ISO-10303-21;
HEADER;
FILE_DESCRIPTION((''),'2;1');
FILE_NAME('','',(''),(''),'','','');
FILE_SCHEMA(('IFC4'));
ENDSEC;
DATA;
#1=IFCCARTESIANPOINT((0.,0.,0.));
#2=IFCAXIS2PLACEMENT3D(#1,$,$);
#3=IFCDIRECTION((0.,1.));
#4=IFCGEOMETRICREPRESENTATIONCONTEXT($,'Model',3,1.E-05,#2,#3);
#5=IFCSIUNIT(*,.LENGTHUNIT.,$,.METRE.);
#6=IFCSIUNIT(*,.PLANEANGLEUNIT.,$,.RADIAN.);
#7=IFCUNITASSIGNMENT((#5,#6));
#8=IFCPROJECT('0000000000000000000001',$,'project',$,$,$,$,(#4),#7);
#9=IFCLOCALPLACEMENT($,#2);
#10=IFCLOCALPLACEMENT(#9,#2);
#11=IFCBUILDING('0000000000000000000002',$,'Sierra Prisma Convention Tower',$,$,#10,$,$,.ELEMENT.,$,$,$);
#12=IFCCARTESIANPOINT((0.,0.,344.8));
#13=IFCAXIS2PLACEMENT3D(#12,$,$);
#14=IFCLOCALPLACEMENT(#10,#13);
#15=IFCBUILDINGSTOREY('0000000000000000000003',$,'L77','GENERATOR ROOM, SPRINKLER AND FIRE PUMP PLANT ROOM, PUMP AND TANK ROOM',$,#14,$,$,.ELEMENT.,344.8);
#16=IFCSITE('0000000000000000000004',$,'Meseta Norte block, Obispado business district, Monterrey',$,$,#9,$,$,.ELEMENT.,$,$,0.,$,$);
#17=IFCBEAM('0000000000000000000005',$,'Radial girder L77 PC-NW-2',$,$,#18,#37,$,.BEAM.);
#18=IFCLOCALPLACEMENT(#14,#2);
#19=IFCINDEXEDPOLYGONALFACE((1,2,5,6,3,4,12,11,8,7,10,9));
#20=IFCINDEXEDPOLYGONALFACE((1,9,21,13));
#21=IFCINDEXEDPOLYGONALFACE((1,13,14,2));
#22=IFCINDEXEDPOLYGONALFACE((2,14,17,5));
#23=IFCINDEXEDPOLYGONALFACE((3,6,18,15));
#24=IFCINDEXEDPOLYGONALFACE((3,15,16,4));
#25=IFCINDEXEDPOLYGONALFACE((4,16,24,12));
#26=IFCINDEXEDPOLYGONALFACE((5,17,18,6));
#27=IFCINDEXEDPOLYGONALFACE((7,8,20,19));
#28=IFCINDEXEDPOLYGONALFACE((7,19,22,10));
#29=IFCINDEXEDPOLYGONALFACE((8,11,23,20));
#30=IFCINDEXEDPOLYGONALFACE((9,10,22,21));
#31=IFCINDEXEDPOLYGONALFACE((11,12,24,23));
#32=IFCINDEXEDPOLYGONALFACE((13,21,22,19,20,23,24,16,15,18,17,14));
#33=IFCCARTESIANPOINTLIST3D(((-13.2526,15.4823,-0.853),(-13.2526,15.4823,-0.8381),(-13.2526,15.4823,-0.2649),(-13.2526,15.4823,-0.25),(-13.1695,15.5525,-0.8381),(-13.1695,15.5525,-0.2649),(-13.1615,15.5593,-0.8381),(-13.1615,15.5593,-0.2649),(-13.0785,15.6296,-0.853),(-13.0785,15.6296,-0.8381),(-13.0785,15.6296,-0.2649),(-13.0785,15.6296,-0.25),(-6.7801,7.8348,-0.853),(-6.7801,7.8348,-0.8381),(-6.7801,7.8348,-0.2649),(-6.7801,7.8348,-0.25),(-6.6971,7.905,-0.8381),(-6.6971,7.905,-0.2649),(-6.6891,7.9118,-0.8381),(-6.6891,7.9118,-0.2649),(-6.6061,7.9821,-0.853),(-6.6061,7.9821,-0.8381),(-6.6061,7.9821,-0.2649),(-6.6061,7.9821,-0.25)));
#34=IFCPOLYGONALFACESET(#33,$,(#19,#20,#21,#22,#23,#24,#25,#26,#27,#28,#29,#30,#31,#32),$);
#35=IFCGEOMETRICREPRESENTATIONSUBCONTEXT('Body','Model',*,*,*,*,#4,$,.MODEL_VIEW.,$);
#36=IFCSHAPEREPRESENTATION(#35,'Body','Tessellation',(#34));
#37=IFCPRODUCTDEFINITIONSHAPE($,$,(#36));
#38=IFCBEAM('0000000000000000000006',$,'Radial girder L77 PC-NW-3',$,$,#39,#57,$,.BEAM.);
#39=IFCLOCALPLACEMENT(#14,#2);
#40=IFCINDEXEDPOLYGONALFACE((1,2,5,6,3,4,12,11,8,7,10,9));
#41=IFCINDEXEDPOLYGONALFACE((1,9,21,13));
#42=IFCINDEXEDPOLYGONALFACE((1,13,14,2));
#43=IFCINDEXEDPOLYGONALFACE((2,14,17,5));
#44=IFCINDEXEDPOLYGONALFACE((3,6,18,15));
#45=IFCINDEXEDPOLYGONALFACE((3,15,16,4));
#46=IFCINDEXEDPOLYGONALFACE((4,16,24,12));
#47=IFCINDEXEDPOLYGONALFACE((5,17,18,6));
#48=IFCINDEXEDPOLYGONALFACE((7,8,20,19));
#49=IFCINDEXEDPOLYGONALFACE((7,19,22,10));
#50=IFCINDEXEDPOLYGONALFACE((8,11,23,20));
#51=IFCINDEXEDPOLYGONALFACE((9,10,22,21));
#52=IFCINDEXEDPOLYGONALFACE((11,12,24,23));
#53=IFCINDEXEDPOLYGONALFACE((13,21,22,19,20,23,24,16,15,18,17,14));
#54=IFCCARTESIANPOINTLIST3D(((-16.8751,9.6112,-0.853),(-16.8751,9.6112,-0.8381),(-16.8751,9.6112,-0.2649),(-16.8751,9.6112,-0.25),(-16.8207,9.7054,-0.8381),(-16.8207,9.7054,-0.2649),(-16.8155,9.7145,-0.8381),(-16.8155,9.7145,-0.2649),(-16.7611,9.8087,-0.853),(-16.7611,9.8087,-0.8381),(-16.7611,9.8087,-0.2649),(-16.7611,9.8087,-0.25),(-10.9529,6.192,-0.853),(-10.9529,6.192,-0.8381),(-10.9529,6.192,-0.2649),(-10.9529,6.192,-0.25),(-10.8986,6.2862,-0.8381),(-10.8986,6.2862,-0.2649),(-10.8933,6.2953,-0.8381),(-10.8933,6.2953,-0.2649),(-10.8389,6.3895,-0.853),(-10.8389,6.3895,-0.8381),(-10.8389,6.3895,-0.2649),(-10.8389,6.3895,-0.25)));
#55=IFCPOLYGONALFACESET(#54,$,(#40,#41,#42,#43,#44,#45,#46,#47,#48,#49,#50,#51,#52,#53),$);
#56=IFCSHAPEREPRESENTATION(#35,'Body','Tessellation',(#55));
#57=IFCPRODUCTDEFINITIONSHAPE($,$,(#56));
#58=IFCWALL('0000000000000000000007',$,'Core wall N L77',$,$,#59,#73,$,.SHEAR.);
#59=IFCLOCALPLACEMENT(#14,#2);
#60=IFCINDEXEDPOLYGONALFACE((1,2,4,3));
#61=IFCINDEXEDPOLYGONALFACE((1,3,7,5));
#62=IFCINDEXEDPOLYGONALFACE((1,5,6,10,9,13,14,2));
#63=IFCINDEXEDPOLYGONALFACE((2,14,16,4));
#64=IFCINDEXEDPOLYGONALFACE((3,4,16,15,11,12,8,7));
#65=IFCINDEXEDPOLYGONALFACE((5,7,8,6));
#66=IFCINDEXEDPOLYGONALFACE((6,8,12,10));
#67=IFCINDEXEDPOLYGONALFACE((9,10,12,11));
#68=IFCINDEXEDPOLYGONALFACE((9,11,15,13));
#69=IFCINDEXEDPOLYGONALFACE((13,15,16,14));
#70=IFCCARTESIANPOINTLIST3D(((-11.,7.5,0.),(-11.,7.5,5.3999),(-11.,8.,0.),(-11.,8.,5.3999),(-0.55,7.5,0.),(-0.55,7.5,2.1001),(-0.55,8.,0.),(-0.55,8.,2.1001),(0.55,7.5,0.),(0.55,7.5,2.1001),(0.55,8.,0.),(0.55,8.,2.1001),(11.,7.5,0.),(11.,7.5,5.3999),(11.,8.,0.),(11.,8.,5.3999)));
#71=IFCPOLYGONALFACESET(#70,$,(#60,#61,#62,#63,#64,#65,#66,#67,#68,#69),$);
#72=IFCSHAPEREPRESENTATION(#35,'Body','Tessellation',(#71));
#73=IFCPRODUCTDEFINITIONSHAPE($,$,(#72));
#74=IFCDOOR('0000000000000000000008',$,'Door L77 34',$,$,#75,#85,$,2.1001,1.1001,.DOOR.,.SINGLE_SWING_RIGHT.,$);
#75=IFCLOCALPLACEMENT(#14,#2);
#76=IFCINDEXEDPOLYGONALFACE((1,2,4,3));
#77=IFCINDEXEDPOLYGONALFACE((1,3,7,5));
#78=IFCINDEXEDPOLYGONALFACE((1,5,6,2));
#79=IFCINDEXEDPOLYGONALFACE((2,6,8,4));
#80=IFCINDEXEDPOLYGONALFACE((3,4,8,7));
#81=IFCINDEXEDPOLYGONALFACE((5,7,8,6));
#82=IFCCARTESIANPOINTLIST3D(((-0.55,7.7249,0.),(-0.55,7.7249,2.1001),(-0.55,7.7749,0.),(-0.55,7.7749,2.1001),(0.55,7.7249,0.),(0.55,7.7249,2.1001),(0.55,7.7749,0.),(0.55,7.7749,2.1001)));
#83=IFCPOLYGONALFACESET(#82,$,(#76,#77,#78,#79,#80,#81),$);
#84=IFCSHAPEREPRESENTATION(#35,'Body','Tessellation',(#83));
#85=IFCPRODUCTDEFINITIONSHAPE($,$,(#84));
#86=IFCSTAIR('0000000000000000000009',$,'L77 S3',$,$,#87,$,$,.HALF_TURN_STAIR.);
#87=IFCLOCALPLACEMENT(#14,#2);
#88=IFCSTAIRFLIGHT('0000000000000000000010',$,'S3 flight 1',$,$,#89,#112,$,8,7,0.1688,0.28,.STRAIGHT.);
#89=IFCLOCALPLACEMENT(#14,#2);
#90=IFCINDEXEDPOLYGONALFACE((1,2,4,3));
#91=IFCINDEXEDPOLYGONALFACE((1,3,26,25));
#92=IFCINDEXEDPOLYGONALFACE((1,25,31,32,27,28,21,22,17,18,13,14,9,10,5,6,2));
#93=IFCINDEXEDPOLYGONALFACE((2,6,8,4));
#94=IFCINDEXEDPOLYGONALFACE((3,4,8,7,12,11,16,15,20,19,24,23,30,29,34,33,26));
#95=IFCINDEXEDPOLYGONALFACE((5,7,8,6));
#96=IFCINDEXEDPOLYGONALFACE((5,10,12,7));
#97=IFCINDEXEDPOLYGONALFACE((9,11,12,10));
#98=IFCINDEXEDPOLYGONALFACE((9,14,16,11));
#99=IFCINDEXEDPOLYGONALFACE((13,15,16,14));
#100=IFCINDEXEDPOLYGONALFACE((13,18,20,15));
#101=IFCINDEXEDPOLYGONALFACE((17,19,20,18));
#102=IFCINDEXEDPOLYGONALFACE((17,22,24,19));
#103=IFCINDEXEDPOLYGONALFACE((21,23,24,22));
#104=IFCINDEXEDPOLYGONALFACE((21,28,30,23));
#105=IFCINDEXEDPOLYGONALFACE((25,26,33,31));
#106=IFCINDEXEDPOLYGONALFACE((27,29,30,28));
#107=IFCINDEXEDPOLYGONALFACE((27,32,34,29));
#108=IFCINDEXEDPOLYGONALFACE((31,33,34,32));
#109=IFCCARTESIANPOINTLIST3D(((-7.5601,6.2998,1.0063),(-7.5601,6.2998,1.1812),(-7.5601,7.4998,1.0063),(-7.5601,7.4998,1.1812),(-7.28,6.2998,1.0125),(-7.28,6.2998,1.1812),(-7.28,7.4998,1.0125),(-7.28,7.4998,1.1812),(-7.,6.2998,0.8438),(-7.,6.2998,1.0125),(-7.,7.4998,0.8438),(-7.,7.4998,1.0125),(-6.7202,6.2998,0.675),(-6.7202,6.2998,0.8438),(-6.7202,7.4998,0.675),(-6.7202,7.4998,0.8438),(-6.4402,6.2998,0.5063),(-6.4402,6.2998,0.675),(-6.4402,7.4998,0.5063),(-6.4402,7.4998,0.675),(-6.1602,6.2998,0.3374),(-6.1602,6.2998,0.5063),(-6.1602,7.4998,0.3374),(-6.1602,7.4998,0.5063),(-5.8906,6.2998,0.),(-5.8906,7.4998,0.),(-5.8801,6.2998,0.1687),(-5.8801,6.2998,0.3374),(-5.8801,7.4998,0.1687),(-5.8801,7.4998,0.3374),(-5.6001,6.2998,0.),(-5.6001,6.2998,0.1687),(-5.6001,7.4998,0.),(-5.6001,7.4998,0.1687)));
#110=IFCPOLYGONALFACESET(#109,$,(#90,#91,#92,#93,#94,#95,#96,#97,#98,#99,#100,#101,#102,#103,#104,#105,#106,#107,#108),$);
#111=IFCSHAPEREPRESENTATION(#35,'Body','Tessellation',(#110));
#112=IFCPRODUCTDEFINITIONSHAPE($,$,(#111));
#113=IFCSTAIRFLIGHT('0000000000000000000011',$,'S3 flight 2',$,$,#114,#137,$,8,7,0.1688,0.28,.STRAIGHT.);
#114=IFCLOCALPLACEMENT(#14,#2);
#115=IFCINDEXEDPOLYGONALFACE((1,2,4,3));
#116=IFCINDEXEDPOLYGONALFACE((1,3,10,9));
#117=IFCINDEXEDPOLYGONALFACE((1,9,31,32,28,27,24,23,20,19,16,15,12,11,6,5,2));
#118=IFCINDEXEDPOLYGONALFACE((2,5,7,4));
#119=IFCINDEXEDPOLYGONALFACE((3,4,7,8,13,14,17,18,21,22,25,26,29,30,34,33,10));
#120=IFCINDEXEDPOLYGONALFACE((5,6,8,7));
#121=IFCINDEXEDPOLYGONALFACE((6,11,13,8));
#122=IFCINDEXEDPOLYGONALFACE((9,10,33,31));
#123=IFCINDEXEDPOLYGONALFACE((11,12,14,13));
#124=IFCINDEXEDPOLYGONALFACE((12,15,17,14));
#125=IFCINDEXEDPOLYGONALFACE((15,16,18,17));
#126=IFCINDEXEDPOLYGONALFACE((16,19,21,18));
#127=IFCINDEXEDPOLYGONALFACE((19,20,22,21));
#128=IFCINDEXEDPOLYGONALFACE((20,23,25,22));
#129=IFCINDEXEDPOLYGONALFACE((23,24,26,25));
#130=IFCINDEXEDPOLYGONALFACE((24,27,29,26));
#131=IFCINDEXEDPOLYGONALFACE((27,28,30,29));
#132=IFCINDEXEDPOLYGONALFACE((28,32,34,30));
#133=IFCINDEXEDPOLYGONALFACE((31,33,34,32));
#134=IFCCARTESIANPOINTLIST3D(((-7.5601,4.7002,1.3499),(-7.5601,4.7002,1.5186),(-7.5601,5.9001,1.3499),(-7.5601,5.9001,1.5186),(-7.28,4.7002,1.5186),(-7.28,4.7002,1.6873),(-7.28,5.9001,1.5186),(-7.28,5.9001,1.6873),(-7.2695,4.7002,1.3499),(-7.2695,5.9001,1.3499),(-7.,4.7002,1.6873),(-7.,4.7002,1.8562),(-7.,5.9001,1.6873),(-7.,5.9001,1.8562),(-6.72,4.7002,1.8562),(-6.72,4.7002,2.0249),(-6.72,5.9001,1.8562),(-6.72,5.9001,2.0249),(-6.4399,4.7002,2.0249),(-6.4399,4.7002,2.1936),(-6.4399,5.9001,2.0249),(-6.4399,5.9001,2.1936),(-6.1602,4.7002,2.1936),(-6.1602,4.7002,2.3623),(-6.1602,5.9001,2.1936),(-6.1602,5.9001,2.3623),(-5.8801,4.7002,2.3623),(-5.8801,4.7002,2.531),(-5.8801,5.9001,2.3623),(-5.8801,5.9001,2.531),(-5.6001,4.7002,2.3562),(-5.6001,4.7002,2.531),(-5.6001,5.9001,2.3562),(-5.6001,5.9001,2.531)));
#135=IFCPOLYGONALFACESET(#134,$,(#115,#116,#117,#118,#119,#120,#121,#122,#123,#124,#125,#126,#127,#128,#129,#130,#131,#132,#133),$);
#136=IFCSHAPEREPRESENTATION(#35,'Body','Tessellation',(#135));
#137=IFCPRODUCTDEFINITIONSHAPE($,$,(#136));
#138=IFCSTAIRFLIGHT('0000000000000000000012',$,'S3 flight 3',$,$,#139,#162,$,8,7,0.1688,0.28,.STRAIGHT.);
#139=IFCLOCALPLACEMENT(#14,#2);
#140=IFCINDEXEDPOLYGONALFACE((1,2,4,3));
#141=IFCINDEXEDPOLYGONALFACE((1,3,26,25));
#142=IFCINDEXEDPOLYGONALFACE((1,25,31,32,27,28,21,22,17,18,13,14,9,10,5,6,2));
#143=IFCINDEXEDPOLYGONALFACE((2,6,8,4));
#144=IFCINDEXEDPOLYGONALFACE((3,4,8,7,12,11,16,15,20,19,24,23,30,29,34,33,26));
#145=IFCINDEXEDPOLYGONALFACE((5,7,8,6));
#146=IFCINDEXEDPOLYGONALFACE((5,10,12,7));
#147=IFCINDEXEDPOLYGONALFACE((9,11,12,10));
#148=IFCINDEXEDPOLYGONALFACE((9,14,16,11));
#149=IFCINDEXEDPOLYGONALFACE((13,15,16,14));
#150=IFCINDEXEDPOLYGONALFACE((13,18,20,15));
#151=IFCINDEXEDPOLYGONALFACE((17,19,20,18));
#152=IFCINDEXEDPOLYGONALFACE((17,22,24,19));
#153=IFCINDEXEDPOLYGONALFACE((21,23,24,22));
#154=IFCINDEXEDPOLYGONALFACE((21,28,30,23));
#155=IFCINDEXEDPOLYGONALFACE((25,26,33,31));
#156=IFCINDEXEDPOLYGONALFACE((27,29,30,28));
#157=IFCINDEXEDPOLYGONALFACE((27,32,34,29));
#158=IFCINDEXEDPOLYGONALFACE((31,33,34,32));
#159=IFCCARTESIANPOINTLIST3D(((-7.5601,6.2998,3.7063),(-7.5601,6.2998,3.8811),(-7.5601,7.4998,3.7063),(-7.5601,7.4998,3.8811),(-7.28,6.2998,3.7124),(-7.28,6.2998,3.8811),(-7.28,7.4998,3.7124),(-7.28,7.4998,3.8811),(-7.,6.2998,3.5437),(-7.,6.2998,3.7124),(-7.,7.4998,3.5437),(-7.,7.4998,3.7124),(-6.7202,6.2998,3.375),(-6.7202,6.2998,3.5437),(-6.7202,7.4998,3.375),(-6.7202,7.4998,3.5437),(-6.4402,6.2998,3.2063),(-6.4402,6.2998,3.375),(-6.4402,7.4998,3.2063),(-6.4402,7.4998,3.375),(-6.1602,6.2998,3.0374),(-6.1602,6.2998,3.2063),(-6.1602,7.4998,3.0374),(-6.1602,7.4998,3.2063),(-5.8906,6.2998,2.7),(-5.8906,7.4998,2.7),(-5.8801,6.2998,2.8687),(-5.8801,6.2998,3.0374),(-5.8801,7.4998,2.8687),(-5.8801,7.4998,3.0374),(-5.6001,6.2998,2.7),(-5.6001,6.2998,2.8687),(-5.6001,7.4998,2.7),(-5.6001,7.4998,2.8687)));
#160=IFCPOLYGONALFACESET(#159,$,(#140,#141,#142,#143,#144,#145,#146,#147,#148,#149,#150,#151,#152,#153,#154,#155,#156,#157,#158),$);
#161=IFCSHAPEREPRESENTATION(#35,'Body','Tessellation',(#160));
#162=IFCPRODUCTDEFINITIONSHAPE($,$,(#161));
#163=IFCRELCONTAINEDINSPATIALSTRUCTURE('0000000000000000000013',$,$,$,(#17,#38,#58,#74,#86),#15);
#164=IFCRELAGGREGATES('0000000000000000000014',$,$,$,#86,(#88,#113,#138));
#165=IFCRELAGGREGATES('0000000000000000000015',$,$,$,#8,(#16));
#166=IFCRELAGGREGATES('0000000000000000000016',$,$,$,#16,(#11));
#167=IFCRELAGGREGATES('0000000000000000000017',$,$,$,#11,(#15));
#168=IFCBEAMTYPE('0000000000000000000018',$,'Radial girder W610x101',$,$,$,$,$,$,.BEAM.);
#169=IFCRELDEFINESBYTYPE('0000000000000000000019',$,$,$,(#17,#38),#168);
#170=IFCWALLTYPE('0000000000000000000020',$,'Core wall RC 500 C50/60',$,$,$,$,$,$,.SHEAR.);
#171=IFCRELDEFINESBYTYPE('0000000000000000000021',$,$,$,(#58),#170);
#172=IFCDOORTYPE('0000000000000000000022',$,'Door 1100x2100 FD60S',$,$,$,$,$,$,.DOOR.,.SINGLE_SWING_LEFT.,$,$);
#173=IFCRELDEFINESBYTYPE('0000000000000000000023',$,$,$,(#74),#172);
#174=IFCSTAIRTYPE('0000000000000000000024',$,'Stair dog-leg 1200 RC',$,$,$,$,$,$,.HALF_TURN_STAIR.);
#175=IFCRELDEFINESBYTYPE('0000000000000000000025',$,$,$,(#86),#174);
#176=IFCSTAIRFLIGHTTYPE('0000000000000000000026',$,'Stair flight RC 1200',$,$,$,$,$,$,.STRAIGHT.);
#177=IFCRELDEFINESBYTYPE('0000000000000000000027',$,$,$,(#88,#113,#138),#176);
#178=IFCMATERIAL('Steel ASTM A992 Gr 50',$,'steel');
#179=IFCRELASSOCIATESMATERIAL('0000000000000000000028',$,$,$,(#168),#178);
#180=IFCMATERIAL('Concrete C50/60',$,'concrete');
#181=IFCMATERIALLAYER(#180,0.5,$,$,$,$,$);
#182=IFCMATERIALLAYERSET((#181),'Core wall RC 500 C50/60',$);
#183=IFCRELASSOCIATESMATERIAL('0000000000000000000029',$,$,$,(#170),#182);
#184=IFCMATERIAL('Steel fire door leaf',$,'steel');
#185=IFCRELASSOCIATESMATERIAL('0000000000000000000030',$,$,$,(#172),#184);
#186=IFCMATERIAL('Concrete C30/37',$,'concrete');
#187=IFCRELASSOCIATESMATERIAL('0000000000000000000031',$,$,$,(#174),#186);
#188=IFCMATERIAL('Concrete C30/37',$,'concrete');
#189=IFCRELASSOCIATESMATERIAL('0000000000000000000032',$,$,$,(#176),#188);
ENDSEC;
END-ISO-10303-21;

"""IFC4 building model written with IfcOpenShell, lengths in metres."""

from ifc_helpers import new_model, si_unit, direction, frame, frame_2d, origin, origin_2d, place, context, subcontext, project, spatial, polyline, rectangle, i_section, outline, extrude, material, layer, layer_set, material_profile, profile_set, type_object, element, fill, aggregate, save


model = new_model("IFC4")

# Units and contexts
model_context = context("Model", 3, precision=1e-05, world=origin(), true_north=direction((0.0, 1.0)))
body_context = subcontext(model_context, "Body", "Model", "MODEL_VIEW")
ifc_project = project(units=[si_unit("LENGTHUNIT", "METRE"), si_unit("PLANEANGLEUNIT", "RADIAN")], contexts=[model_context])

# Site, building, storey
site_placement = place(None, origin())
site = spatial("IfcSite", under=ifc_project, at=site_placement, Name="Meseta Norte block, Obispado business district, Monterrey", CompositionType="ELEMENT", RefElevation=0.0)
building_placement = place(site_placement, origin())
building = spatial("IfcBuilding", under=site, at=building_placement, Name="Sierra Prisma Convention Tower", CompositionType="ELEMENT")
storey_placement = place(building_placement, frame((0.0, 0.0, 344.8)))
storey = spatial("IfcBuildingStorey", under=building, at=storey_placement, Name="L77", Description="GENERATOR ROOM, SPRINKLER AND FIRE PUMP PLANT ROOM, PUMP AND TANK ROOM", CompositionType="ELEMENT", Elevation=344.8)

# Beams
ifc_material_1 = material(Name="Steel ASTM A992 Gr 50", Category="steel")
ifc_material_profile_1 = material_profile(ifc_material_1, i_section(OverallWidth=0.228, OverallDepth=0.603, WebThickness=0.0105, FlangeThickness=0.0149, at=origin_2d()), Name="W610x101")
ifc_profile_set_1 = profile_set([ifc_material_profile_1], Name="Steel ASTM A992 Gr 50")
beam_type_1 = type_object("IfcBeamType", Name="Radial girder W610x101", PredefinedType="BEAM", material=ifc_profile_set_1)
beam_1_placement = place(storey_placement, frame((-13.1655, 15.5559, -0.5515), z_axis=(0.646029, -0.763313, 0.0), x_axis=(0.763313, 0.646029, 0.0)))
element("IfcBeam", 1, at=beam_1_placement, inside=storey, type_object=beam_type_1, Name="Radial girder L77 PC-NW-2", PredefinedType="BEAM", context=body_context, shape_type="SweptSolid", body=[
    extrude(i_section(OverallWidth=0.228, OverallDepth=0.603, WebThickness=0.0105, FlangeThickness=0.0149, at=origin_2d()), origin(), (0.0, 0.0, 1.0), 10.0188),
])
beam_2_placement = place(storey_placement, frame((-16.8181, 9.71, -0.5515), z_axis=(0.866022, -0.500006, 0.0), x_axis=(0.500006, 0.866022, 0.0)))
element("IfcBeam", 2, at=beam_2_placement, inside=storey, type_object=beam_type_1, Name="Radial girder L77 PC-NW-3", PredefinedType="BEAM", context=body_context, shape_type="SweptSolid", body=[
    extrude(i_section(OverallWidth=0.228, OverallDepth=0.603, WebThickness=0.0105, FlangeThickness=0.0149, at=origin_2d()), origin(), (0.0, 0.0, 1.0), 6.8384),
])

# Wall, opening, door
ifc_material_2 = material(Name="Concrete C50/60", Category="concrete")
ifc_layer = layer(ifc_material_2, 0.5)
ifc_layer_set = layer_set([ifc_layer], Name="Core wall RC 500 C50/60")
wall_type = type_object("IfcWallType", Name="Core wall RC 500 C50/60", PredefinedType="SHEAR", material=ifc_layer_set)
wall_placement = place(storey_placement, frame((-11.0, 7.75, 0.0), z_axis=(0.0, 0.0, 1.0), x_axis=(1.0, 0.0, 0.0)))
wall = element("IfcWall", 3, at=wall_placement, inside=storey, type_object=wall_type, Name="Core wall N L77", PredefinedType="SHEAR", context=body_context, shape_type="SweptSolid", body=[
    extrude(rectangle(XDim=22.0, YDim=0.5, at=frame_2d((11.0, 0.0))), origin(), (0.0, 0.0, 1.0), 5.3999),
])
opening_placement = place(wall_placement, frame((10.45, 0.0, 0.0)))
opening = element("IfcOpeningElement", 4, at=opening_placement, cuts=wall, PredefinedType="OPENING", context=body_context, shape_type="SweptSolid", body=[
    extrude(rectangle(XDim=1.1001, YDim=2.1001, at=frame_2d((0.55, 1.05))), frame((0.0, 0.25, 0.0), z_axis=(0.0, -1.0, 0.0), x_axis=(1.0, 0.0, 0.0)), (0.0, 0.0, 1.0), 0.5),
])
ifc_material_3 = material(Name="Steel fire door leaf", Category="steel")
door_type = type_object("IfcDoorType", Name="Door 1100x2100 FD60S", OperationType="SINGLE_SWING_LEFT", PredefinedType="DOOR", material=ifc_material_3)
door_placement = place(opening_placement, origin())
door = element("IfcDoor", 5, at=door_placement, inside=storey, type_object=door_type, Name="Door L77 34", OperationType="SINGLE_SWING_RIGHT", OverallHeight=2.1001, OverallWidth=1.1001, PredefinedType="DOOR", context=body_context, shape_type="SweptSolid", body=[
    extrude(rectangle(XDim=1.1001, YDim=2.1001, at=frame_2d((0.55, 1.05))), frame((0.0, 0.0249, 0.0), z_axis=(0.0, -1.0, 0.0), x_axis=(1.0, 0.0, 0.0)), (0.0, 0.0, 1.0), 0.05),
])
fill(opening, door)

# Stair, stair flights
ifc_material_4 = material(Name="Concrete C30/37", Category="concrete")
stair_type = type_object("IfcStairType", Name="Stair dog-leg 1200 RC", PredefinedType="HALF_TURN_STAIR", material=ifc_material_4)
stair_placement = place(storey_placement, origin())
stair = element("IfcStair", 6, at=stair_placement, inside=storey, type_object=stair_type, Name="L77 S3", PredefinedType="HALF_TURN_STAIR")
ifc_material_5 = material(Name="Concrete C30/37", Category="concrete")
stair_flight_type = type_object("IfcStairFlightType", Name="Stair flight RC 1200", PredefinedType="STRAIGHT", material=ifc_material_5)
stair_flight_1_placement = place(storey_placement, frame((-5.6001, 6.8999, 0.0), z_axis=(0.0, 0.0, 1.0), x_axis=(-1.0, 0.0, 0.0)))
stair_flight_1 = element("IfcStairFlight", 7, at=stair_flight_1_placement, type_object=stair_flight_type, Name="S3 flight 1", NumberOfRisers=8, NumberOfTreads=7, PredefinedType="STRAIGHT", RiserHeight=0.1688, TreadLength=0.28, context=body_context, shape_type="SweptSolid", body=[
    extrude(outline(polyline([(0.0, 0.0), (0.0, 0.1687), (0.28, 0.1687), (0.28, 0.3374), (0.5601, 0.3374), (0.5601, 0.5063), (0.8401, 0.5063), (0.8401, 0.675), (1.1201, 0.675), (1.1201, 0.8438), (1.3999, 0.8438), (1.3999, 1.0125), (1.6799, 1.0125), (1.6799, 1.1812), (1.96, 1.1812), (1.96, 1.3501), (1.96, 1.0063), (0.2905, 0.0), (0.0, 0.0)])), frame((0.0, 0.6001, 0.0), z_axis=(0.0, -1.0, 0.0), x_axis=(1.0, 0.0, 0.0)), (0.0, 0.0, 1.0), 1.2),
])
stair_flight_2_placement = place(storey_placement, frame((-7.5601, 5.3, 1.3499), z_axis=(0.0, 0.0, 1.0), x_axis=(1.0, 0.0, 0.0)))
stair_flight_2 = element("IfcStairFlight", 8, at=stair_flight_2_placement, type_object=stair_flight_type, Name="S3 flight 2", NumberOfRisers=8, NumberOfTreads=7, PredefinedType="STRAIGHT", RiserHeight=0.1688, TreadLength=0.28, context=body_context, shape_type="SweptSolid", body=[
    extrude(outline(polyline([(0.0, 0.0), (0.0, 0.1687), (0.28, 0.1687), (0.28, 0.3374), (0.5601, 0.3374), (0.5601, 0.5063), (0.8401, 0.5063), (0.8401, 0.675), (1.1201, 0.675), (1.1201, 0.8438), (1.3999, 0.8438), (1.3999, 1.0125), (1.6799, 1.0125), (1.6799, 1.1812), (1.96, 1.1812), (1.96, 1.3501), (1.96, 1.0063), (0.2905, 0.0), (0.0, 0.0)])), frame((0.0, 0.6001, 0.0), z_axis=(0.0, -1.0, 0.0), x_axis=(1.0, 0.0, 0.0)), (0.0, 0.0, 1.0), 1.2),
])
stair_flight_3_placement = place(storey_placement, frame((-5.6001, 6.8999, 2.7), z_axis=(0.0, 0.0, 1.0), x_axis=(-1.0, 0.0, 0.0)))
stair_flight_3 = element("IfcStairFlight", 9, at=stair_flight_3_placement, type_object=stair_flight_type, Name="S3 flight 3", NumberOfRisers=8, NumberOfTreads=7, PredefinedType="STRAIGHT", RiserHeight=0.1688, TreadLength=0.28, context=body_context, shape_type="SweptSolid", body=[
    extrude(outline(polyline([(0.0, 0.0), (0.0, 0.1687), (0.28, 0.1687), (0.28, 0.3374), (0.5601, 0.3374), (0.5601, 0.5063), (0.8401, 0.5063), (0.8401, 0.675), (1.1201, 0.675), (1.1201, 0.8438), (1.3999, 0.8438), (1.3999, 1.0125), (1.6799, 1.0125), (1.6799, 1.1812), (1.96, 1.1812), (1.96, 1.3501), (1.96, 1.0063), (0.2905, 0.0), (0.0, 0.0)])), frame((0.0, 0.6001, 0.0), z_axis=(0.0, -1.0, 0.0), x_axis=(1.0, 0.0, 0.0)), (0.0, 0.0, 1.0), 1.2),
])
aggregate(stair, [stair_flight_1, stair_flight_2, stair_flight_3])

save(model, "model.ifc")
